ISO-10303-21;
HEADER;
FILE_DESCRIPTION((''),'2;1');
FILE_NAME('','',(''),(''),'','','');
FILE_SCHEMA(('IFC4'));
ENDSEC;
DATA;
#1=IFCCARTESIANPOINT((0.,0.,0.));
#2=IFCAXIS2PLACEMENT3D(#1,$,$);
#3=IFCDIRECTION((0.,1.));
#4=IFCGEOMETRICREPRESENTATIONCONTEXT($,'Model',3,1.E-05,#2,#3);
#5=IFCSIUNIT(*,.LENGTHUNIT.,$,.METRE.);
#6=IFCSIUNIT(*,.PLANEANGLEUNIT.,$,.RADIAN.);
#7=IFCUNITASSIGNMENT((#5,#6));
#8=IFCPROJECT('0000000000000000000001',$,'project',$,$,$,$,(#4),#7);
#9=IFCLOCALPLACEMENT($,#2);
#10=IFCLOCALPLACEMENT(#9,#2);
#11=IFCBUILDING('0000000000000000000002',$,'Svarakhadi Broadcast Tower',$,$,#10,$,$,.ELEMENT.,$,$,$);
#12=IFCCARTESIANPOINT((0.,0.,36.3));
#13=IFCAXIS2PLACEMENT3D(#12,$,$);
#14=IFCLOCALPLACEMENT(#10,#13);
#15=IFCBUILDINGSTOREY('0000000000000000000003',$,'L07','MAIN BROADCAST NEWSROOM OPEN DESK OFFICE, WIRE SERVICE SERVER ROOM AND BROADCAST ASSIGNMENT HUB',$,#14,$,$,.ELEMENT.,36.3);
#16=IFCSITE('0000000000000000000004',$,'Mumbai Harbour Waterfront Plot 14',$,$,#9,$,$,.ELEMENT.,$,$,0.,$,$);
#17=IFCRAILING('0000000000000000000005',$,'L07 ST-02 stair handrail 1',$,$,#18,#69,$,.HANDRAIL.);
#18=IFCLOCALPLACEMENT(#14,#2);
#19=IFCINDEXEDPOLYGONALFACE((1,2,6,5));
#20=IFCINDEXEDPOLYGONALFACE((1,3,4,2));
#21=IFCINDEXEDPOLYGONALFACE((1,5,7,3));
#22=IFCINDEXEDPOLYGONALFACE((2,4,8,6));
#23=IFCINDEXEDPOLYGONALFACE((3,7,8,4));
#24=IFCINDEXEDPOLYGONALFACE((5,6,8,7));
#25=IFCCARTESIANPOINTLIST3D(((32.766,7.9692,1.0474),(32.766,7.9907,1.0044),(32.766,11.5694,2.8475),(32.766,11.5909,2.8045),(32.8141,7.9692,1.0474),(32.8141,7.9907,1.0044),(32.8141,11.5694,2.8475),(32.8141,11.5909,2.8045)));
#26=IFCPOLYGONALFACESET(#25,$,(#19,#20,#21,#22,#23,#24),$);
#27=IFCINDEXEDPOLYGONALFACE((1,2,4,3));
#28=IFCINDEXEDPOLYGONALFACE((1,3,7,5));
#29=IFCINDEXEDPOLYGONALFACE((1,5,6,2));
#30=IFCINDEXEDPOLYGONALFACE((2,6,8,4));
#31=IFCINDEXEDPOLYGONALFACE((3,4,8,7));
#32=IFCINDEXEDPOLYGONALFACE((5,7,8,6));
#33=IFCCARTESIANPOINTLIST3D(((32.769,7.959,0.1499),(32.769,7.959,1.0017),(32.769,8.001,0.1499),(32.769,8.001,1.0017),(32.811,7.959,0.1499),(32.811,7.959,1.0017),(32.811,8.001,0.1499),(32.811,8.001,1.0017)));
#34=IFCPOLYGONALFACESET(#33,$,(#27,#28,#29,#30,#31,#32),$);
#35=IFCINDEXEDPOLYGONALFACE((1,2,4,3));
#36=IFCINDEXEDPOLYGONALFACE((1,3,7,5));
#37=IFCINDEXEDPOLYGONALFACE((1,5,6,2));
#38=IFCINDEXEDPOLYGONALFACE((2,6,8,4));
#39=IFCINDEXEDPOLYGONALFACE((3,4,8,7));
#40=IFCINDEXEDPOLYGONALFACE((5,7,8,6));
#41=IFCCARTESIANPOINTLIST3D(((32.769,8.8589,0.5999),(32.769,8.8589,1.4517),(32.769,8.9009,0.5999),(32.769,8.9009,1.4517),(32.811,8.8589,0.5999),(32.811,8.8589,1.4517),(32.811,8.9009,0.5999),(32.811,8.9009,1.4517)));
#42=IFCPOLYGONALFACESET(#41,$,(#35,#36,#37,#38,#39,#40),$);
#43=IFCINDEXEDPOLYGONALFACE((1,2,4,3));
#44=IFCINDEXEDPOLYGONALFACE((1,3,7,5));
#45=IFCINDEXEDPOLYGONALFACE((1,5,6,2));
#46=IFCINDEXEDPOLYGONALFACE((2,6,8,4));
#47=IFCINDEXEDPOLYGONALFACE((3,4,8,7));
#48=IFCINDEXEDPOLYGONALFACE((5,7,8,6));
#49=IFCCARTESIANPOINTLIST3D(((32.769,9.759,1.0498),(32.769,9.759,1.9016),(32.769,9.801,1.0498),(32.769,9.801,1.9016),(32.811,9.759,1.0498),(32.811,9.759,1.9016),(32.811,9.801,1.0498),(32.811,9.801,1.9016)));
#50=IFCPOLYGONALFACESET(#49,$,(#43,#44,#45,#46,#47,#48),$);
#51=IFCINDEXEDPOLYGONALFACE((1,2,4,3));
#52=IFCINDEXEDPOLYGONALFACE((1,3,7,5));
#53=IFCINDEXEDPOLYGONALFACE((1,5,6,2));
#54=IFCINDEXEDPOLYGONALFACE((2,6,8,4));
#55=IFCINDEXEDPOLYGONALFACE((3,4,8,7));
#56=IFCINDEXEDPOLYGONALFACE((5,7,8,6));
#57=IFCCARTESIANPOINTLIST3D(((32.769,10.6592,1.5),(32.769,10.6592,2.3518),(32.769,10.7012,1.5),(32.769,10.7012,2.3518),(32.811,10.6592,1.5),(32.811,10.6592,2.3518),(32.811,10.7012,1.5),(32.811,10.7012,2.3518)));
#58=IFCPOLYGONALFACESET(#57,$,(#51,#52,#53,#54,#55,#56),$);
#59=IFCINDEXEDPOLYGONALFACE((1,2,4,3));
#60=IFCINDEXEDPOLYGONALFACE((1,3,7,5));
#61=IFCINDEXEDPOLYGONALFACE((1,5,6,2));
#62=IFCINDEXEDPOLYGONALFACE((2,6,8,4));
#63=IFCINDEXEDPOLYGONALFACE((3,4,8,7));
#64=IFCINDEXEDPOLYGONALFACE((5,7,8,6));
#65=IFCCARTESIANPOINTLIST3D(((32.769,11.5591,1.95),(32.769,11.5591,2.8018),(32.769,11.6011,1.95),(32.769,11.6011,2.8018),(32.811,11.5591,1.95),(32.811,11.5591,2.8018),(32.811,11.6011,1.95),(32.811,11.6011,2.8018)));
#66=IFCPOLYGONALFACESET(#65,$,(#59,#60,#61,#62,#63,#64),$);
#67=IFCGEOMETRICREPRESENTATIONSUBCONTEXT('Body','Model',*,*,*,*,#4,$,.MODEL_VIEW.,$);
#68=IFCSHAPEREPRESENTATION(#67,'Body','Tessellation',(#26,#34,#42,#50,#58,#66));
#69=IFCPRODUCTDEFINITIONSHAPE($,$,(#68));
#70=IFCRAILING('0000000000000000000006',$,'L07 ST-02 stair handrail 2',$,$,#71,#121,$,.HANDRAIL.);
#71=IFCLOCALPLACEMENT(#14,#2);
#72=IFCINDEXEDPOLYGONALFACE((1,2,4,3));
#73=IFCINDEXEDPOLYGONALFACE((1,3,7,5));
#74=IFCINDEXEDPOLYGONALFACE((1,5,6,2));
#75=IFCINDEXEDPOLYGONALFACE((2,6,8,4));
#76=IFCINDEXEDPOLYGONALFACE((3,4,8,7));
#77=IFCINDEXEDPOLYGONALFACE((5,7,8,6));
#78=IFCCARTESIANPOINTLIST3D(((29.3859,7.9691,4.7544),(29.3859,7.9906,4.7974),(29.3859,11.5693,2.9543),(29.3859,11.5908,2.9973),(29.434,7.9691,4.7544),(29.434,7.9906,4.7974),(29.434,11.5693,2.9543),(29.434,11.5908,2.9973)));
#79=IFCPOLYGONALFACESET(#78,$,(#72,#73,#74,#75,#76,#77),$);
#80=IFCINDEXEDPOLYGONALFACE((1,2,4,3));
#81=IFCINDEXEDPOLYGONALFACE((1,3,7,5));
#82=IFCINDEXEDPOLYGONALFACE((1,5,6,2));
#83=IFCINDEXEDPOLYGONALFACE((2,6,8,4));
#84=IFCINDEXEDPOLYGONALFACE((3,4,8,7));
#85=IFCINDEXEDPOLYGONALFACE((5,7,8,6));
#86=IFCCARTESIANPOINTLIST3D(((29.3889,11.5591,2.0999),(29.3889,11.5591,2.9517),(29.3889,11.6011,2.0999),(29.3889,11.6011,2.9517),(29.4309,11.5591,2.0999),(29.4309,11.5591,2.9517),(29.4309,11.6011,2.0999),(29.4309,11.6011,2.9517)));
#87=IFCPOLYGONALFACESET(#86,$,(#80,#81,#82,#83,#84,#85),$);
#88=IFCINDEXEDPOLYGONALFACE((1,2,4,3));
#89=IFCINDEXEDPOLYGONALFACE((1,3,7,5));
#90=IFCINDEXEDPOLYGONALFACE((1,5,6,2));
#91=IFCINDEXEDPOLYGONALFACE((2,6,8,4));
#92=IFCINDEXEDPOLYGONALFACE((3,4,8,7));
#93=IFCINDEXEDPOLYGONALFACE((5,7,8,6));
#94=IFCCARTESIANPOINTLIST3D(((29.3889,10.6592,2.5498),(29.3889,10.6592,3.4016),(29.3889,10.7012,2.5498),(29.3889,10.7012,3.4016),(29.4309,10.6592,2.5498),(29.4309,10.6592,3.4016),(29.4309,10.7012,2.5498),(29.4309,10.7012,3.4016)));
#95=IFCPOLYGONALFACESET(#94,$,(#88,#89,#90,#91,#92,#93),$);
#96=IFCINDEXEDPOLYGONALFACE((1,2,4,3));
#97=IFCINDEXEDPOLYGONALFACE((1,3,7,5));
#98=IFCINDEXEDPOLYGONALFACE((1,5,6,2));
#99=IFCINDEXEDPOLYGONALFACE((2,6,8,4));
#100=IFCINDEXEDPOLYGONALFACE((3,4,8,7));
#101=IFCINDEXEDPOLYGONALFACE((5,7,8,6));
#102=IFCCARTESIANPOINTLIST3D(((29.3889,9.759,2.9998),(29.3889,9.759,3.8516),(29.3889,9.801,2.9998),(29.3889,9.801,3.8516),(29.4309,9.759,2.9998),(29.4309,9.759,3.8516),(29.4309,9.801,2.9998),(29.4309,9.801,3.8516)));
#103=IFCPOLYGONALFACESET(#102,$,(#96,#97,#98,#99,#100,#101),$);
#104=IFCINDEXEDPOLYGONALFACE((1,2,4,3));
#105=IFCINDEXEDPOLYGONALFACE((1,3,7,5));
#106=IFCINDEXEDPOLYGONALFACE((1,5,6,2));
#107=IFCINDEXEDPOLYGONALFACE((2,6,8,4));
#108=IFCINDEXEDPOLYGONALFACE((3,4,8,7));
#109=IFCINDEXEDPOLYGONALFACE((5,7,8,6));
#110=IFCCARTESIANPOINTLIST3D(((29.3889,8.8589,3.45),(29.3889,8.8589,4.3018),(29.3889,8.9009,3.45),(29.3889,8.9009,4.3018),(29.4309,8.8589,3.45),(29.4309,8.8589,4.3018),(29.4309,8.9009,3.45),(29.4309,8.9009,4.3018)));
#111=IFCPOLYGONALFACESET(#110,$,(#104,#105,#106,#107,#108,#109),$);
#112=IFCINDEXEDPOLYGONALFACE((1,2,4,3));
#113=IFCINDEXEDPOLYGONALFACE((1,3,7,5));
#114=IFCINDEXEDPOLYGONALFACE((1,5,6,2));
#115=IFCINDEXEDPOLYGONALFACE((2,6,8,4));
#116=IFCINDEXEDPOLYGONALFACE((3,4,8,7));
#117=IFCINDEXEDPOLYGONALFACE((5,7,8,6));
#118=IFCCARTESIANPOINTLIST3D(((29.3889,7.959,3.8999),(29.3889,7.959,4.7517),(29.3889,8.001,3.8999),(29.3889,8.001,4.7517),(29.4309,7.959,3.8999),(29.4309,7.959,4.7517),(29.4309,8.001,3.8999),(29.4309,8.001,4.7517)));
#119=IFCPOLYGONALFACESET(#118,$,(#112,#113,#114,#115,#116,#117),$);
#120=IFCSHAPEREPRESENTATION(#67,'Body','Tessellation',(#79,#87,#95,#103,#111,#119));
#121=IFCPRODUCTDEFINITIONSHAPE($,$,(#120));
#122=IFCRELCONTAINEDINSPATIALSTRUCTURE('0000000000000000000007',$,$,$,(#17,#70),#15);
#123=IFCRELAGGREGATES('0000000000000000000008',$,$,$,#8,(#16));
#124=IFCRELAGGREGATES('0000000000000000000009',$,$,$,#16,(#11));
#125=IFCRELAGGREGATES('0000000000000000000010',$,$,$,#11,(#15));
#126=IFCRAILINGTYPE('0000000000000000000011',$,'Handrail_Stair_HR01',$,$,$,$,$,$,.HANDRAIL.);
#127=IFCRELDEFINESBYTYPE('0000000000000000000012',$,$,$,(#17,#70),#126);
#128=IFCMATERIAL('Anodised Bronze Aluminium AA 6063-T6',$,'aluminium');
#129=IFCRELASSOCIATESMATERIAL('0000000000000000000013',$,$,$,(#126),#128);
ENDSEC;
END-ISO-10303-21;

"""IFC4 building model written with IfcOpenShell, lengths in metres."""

from ifc_helpers import new_model, si_unit, direction, frame, origin, origin_2d, place, context, subcontext, project, spatial, rectangle, extrude, material, type_object, element, save


model = new_model("IFC4")

# Units and contexts
model_context = context("Model", 3, precision=1e-05, world=origin(), true_north=direction((0.0, 1.0)))
body_context = subcontext(model_context, "Body", "Model", "MODEL_VIEW")
ifc_project = project(units=[si_unit("LENGTHUNIT", "METRE"), si_unit("PLANEANGLEUNIT", "RADIAN")], contexts=[model_context])

# Site, building, storey
site_placement = place(None, origin())
site = spatial("IfcSite", under=ifc_project, at=site_placement, Name="Mumbai Harbour Waterfront Plot 14", CompositionType="ELEMENT", RefElevation=0.0)
building_placement = place(site_placement, origin())
building = spatial("IfcBuilding", under=site, at=building_placement, Name="Svarakhadi Broadcast Tower", CompositionType="ELEMENT")
storey_placement = place(building_placement, frame((0.0, 0.0, 36.3)))
storey = spatial("IfcBuildingStorey", under=building, at=storey_placement, Name="L07", Description="MAIN BROADCAST NEWSROOM OPEN DESK OFFICE, WIRE SERVICE SERVER ROOM AND BROADCAST ASSIGNMENT HUB", CompositionType="ELEMENT", Elevation=36.3)

# Shared definitions
ifc_material_1 = material(Name="Anodised Bronze Aluminium AA 6063-T6", Category="aluminium")

# Railings
railing_type_1 = type_object("IfcRailingType", Name="Handrail_Stair_HR01", PredefinedType="HANDRAIL", material=ifc_material_1)
railing_1_placement = place(storey_placement, frame((32.79, 7.98, 0.1499)))
element("IfcRailing", 1, at=railing_1_placement, inside=storey, type_object=railing_type_1, Name="L07 ST-02 stair handrail 1", PredefinedType="HANDRAIL", context=body_context, shape_type="SweptSolid", body=[
    extrude(rectangle(XDim=0.0481, YDim=0.0481, at=origin_2d()), frame((0.0, 0.0, 0.876), z_axis=(0.0, 0.894427, 0.447214), x_axis=(-1.0, 0.0, 0.0)), (0.0, 0.0, 1.0), 4.0251),
    extrude(rectangle(XDim=0.042, YDim=0.042, at=origin_2d()), origin(), (0.0, 0.0, 1.0), 0.8518),
    extrude(rectangle(XDim=0.042, YDim=0.042, at=origin_2d()), frame((0.0, 0.8999, 0.45)), (0.0, 0.0, 1.0), 0.8518),
    extrude(rectangle(XDim=0.042, YDim=0.042, at=origin_2d()), frame((0.0, 1.8, 0.8999)), (0.0, 0.0, 1.0), 0.8518),
    extrude(rectangle(XDim=0.042, YDim=0.042, at=origin_2d()), frame((0.0, 2.7002, 1.3501)), (0.0, 0.0, 1.0), 0.8518),
    extrude(rectangle(XDim=0.042, YDim=0.042, at=origin_2d()), frame((0.0, 3.6001, 1.8)), (0.0, 0.0, 1.0), 0.8518),
])
railing_2_placement = place(storey_placement, frame((29.4099, 11.5801, 2.0999)))
element("IfcRailing", 2, at=railing_2_placement, inside=storey, type_object=railing_type_1, Name="L07 ST-02 stair handrail 2", PredefinedType="HANDRAIL", context=body_context, shape_type="SweptSolid", body=[
    extrude(rectangle(XDim=0.0481, YDim=0.0481, at=origin_2d()), frame((0.0, 0.0, 0.876), z_axis=(0.0, -0.894427, 0.447214), x_axis=(1.0, 0.0, 0.0)), (0.0, 0.0, 1.0), 4.0251),
    extrude(rectangle(XDim=0.042, YDim=0.042, at=origin_2d()), origin(), (0.0, 0.0, 1.0), 0.8518),
    extrude(rectangle(XDim=0.042, YDim=0.042, at=origin_2d()), frame((0.0, -0.8999, 0.45)), (0.0, 0.0, 1.0), 0.8518),
    extrude(rectangle(XDim=0.042, YDim=0.042, at=origin_2d()), frame((0.0, -1.8, 0.8999)), (0.0, 0.0, 1.0), 0.8518),
    extrude(rectangle(XDim=0.042, YDim=0.042, at=origin_2d()), frame((0.0, -2.7002, 1.3501)), (0.0, 0.0, 1.0), 0.8518),
    extrude(rectangle(XDim=0.042, YDim=0.042, at=origin_2d()), frame((0.0, -3.6001, 1.8)), (0.0, 0.0, 1.0), 0.8518),
])

save(model, "model.ifc")
